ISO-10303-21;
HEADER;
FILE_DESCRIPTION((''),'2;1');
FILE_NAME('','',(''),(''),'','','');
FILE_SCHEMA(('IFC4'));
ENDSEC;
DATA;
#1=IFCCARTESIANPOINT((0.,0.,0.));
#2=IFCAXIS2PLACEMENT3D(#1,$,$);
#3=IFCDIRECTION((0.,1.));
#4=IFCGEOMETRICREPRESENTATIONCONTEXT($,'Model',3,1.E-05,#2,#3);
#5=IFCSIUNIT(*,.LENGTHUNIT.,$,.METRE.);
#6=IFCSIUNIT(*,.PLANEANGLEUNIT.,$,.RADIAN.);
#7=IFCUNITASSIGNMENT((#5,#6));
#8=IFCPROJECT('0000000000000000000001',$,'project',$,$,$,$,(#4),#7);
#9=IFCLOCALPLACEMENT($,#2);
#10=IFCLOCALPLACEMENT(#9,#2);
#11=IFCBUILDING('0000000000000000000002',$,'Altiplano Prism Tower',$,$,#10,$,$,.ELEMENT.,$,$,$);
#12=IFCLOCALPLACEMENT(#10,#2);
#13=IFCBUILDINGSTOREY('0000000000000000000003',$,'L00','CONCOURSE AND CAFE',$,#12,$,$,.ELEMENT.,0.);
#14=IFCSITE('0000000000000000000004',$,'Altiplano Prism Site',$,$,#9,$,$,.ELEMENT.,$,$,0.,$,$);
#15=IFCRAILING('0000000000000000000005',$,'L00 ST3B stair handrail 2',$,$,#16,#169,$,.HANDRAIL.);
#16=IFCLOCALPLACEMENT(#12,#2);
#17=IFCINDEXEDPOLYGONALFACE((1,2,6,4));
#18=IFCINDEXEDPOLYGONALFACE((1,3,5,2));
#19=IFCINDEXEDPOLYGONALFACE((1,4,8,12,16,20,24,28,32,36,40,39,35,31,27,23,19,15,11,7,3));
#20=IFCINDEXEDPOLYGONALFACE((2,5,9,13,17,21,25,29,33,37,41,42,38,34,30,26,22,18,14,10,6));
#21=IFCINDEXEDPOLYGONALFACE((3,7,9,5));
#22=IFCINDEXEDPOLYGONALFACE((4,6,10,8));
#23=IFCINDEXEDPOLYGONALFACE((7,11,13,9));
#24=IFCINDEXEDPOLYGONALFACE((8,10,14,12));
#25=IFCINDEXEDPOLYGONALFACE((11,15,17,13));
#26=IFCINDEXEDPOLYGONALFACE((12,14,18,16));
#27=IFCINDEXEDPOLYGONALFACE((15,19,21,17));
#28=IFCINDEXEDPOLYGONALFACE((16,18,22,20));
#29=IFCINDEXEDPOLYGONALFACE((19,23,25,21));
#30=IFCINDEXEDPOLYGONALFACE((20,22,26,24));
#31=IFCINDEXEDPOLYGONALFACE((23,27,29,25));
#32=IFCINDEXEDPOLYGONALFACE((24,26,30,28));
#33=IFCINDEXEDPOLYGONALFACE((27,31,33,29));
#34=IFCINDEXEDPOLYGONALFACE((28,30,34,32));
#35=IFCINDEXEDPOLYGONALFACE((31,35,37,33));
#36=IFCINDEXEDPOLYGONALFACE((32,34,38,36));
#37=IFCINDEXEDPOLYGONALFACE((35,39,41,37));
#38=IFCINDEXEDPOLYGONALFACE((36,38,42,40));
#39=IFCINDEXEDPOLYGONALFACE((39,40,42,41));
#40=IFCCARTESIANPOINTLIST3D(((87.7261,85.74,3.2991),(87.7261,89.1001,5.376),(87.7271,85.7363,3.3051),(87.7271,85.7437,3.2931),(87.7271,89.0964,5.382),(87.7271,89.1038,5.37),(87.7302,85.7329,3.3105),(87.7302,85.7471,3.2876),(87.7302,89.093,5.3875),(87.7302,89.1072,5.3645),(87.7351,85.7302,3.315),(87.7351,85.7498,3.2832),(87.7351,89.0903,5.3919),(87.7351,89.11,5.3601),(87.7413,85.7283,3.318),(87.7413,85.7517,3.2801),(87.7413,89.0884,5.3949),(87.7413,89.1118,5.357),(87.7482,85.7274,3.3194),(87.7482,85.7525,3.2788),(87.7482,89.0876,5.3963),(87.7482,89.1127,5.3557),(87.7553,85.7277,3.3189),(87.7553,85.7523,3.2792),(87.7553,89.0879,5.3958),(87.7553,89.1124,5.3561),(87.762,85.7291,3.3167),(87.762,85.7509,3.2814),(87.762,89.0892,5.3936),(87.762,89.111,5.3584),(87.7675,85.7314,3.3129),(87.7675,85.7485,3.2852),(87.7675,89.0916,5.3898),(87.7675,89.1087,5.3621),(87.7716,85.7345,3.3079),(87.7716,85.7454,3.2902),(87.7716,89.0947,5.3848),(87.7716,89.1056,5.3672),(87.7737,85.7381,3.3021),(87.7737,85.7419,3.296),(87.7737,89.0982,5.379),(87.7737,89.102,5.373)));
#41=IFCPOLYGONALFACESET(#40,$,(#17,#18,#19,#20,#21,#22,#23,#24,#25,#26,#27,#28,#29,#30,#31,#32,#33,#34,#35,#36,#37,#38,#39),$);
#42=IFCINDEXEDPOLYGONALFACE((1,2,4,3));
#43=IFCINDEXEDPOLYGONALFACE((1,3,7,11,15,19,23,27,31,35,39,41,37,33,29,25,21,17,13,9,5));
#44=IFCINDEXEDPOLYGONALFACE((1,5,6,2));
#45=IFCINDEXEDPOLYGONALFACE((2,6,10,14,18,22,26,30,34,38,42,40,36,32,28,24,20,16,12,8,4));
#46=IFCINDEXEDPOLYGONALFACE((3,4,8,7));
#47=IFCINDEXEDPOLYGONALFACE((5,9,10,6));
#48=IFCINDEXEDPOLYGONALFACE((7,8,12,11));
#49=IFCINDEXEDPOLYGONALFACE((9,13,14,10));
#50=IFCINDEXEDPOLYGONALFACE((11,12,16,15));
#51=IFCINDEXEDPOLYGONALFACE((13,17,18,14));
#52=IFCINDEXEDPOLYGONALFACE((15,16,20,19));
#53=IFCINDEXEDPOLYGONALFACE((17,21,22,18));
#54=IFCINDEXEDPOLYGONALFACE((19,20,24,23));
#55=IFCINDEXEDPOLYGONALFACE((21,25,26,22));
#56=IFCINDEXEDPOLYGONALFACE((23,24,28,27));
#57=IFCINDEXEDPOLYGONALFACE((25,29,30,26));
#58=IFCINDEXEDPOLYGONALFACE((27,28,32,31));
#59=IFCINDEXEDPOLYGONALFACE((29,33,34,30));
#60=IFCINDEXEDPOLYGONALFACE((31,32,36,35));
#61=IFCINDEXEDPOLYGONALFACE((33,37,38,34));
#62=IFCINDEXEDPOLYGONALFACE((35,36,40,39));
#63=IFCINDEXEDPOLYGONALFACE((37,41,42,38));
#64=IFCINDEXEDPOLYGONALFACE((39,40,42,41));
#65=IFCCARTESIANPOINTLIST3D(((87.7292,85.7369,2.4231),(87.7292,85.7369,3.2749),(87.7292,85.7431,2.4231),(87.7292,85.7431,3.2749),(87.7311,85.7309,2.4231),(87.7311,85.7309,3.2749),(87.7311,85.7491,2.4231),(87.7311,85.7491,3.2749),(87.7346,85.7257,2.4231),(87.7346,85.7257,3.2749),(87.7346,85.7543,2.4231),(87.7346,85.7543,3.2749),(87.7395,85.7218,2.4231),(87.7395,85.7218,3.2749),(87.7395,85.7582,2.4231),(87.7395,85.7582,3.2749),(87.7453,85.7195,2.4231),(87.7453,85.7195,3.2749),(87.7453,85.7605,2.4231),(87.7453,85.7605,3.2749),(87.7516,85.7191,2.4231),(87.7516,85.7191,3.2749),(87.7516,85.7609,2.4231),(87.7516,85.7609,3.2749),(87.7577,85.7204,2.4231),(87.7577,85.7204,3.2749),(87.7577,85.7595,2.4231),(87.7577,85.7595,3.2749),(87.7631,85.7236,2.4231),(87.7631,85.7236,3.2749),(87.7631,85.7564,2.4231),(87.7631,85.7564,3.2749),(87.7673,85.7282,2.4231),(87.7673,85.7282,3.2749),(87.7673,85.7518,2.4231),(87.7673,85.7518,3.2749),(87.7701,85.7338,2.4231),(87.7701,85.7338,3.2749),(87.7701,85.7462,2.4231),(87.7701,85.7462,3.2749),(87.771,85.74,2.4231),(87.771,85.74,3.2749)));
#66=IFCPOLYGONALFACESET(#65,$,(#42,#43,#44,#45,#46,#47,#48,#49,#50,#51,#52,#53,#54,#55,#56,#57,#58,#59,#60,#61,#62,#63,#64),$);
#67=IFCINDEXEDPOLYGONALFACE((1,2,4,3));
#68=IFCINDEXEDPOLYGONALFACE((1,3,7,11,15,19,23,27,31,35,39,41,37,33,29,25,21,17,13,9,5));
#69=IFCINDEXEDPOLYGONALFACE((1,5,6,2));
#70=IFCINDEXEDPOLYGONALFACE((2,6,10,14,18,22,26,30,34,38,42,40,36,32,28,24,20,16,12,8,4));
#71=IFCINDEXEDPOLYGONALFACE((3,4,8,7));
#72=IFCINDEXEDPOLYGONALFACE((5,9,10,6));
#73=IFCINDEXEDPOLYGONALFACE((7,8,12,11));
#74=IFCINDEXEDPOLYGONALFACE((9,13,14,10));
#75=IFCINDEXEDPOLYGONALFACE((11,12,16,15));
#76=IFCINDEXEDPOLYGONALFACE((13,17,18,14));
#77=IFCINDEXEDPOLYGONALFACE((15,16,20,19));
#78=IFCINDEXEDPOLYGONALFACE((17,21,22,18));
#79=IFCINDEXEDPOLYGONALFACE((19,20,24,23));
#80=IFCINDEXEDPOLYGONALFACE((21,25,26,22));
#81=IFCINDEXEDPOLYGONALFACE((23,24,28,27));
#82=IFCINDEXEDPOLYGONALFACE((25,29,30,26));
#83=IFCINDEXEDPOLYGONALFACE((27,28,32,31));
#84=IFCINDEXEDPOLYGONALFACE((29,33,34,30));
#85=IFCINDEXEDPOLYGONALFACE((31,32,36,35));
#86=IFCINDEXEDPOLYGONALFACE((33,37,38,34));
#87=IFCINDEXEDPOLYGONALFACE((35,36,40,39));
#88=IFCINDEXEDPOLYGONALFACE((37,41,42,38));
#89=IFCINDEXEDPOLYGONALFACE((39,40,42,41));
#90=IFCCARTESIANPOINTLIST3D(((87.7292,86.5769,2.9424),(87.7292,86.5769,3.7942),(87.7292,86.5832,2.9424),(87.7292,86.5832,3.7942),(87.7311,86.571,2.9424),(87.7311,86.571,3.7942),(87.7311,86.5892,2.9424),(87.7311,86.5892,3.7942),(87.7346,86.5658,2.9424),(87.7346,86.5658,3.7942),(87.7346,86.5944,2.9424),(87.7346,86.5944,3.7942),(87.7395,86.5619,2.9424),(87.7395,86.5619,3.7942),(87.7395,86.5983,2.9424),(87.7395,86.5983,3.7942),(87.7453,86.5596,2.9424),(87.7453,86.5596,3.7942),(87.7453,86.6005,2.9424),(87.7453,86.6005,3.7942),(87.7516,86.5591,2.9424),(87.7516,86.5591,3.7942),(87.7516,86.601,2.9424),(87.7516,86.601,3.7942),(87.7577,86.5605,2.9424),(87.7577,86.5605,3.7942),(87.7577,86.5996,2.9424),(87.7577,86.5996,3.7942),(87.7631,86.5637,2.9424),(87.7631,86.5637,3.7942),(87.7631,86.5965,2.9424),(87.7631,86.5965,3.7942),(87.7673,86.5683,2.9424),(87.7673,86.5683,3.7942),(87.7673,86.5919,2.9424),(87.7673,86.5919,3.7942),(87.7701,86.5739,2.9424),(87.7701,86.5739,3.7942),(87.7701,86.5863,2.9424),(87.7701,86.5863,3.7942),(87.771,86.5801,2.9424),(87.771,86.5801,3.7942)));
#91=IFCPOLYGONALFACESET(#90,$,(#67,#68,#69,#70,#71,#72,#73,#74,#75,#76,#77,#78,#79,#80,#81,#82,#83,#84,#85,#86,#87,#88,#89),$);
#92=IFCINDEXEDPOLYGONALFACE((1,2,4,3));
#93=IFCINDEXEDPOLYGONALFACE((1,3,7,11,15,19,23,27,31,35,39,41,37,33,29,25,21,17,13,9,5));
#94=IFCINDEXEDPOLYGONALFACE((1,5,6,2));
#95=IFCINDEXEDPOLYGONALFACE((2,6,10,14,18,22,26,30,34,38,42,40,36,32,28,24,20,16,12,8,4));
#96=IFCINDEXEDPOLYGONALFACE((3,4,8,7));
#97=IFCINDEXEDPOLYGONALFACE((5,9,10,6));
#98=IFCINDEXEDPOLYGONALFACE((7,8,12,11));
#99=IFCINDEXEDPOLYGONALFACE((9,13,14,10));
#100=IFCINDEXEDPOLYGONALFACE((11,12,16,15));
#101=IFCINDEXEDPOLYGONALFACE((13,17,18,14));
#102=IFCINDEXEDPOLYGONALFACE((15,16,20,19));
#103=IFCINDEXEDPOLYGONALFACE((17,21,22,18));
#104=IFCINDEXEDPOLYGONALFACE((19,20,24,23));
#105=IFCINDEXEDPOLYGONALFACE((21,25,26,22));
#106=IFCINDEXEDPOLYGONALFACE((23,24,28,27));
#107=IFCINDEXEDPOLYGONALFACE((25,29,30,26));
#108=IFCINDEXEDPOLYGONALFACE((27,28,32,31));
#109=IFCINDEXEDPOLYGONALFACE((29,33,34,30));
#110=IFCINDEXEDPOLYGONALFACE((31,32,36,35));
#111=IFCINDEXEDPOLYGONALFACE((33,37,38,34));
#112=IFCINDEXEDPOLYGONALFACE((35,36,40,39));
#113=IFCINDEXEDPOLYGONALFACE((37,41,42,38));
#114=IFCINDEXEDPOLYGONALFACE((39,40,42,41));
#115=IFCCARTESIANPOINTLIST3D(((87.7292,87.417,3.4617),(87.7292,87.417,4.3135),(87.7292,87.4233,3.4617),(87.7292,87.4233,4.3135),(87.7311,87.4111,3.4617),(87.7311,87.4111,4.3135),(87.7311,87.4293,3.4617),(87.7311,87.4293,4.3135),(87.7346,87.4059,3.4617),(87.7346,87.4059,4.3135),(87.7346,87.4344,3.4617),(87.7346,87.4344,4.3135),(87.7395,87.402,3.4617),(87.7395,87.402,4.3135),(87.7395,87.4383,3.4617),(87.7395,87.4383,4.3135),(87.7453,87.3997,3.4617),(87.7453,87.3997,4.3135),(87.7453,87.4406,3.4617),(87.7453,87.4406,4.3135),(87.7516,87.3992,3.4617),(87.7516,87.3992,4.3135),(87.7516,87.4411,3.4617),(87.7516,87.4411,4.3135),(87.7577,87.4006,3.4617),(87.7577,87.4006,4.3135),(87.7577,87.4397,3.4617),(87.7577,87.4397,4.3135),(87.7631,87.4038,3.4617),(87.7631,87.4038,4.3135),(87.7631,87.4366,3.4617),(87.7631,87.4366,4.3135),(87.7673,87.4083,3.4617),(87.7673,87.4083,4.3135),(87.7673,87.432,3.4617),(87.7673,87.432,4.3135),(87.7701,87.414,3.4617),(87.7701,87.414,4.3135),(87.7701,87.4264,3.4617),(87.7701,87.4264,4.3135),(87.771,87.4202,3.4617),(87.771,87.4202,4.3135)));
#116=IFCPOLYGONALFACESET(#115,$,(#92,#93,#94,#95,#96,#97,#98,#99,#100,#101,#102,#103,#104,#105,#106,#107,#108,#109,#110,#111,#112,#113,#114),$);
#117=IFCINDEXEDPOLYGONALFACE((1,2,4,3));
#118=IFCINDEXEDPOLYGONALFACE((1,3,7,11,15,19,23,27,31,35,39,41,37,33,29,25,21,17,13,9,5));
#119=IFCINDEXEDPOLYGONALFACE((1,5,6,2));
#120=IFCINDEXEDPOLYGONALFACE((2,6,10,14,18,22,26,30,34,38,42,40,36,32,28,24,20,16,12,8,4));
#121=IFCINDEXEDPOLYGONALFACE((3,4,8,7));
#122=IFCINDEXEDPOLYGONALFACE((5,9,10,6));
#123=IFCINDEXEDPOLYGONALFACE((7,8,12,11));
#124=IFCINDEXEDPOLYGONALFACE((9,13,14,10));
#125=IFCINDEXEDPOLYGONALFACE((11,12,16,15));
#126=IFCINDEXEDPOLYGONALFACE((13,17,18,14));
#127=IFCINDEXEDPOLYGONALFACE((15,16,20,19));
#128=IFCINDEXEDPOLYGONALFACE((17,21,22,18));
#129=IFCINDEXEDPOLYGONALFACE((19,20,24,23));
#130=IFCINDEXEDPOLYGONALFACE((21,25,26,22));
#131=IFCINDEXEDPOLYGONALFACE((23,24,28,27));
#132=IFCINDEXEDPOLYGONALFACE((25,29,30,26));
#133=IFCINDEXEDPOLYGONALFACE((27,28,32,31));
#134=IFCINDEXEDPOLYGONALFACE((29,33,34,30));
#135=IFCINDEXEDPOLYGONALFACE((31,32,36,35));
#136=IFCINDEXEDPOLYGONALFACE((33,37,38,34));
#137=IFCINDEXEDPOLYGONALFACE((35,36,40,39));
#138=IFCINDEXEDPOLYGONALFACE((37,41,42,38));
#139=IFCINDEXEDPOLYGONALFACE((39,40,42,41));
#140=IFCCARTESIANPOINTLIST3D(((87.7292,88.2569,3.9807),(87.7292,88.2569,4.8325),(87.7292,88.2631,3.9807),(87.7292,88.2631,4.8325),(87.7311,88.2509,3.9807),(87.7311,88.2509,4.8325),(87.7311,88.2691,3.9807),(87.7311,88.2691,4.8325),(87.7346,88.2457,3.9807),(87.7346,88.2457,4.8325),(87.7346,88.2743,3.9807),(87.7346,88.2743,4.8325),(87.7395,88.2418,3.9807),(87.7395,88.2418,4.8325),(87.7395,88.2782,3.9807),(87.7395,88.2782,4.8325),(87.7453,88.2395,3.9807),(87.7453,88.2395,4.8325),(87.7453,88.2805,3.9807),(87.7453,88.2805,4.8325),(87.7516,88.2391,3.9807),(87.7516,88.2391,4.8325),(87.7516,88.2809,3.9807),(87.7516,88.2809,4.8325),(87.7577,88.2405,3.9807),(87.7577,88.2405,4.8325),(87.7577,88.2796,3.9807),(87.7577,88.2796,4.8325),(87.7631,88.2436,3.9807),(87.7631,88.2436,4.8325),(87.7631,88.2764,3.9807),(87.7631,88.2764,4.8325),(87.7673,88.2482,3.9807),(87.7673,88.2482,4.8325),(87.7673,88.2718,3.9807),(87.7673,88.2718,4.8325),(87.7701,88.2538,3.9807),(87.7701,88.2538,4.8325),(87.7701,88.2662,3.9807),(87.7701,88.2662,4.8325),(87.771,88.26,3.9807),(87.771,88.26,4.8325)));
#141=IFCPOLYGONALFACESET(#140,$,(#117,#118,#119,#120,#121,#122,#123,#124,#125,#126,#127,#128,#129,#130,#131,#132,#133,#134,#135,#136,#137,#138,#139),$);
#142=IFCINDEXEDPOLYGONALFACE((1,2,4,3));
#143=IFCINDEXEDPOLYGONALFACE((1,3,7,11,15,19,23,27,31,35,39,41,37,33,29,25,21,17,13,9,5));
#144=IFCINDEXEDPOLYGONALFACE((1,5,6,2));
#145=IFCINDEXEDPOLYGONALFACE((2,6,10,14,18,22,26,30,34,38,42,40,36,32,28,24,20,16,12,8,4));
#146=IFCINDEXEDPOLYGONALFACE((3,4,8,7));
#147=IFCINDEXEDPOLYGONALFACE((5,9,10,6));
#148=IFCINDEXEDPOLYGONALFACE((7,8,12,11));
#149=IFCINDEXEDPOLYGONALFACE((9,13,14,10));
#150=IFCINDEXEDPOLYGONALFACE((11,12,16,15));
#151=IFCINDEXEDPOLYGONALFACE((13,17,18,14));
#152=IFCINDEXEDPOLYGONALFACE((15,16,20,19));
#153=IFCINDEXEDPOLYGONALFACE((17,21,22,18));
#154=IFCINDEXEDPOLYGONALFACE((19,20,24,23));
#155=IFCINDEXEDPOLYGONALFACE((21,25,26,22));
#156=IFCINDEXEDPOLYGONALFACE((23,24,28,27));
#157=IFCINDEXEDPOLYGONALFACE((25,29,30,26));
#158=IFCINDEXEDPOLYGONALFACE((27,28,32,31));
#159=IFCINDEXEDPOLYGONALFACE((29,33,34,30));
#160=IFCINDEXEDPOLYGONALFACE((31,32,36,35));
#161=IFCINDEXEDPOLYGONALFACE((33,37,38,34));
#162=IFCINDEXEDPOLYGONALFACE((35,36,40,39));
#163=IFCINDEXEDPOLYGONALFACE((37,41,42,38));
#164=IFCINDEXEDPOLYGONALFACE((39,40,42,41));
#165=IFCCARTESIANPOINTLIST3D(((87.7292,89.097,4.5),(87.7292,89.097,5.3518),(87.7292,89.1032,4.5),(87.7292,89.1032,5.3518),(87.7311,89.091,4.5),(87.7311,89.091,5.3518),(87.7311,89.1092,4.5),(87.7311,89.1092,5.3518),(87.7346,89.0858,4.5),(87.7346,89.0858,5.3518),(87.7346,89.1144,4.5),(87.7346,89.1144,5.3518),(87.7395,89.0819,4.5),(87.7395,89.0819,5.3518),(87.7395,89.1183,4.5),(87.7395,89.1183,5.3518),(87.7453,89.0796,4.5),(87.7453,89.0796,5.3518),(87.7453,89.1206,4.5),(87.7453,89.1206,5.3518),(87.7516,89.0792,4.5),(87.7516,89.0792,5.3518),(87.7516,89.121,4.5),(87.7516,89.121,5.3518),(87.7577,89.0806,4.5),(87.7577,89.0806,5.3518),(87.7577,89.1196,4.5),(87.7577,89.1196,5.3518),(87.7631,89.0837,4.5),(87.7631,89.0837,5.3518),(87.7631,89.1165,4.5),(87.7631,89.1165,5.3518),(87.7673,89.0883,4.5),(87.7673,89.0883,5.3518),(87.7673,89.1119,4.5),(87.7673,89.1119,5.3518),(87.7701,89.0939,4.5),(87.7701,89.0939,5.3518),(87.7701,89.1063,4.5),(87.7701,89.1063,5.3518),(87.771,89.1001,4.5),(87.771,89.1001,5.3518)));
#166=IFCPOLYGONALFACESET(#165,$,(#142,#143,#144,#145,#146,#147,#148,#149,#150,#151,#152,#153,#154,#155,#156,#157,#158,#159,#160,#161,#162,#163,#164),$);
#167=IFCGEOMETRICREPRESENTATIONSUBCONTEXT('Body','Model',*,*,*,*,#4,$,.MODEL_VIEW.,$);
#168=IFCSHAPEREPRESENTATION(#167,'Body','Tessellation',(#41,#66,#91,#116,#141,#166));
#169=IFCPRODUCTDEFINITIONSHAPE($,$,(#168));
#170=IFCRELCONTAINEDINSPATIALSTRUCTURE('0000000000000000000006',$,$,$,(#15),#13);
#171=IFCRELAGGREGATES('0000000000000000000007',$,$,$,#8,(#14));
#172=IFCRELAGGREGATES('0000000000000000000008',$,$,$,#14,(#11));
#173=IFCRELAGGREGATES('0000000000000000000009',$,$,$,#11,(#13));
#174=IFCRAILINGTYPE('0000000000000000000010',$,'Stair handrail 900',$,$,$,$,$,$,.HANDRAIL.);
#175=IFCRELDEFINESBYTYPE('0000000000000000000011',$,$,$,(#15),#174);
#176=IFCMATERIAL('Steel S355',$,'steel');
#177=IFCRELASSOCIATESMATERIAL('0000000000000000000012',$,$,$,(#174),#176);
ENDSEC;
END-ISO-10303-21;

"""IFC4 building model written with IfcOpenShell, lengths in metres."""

from ifc_helpers import new_model, si_unit, direction, frame, origin, origin_2d, place, context, subcontext, project, spatial, circle, extrude, material, type_object, element, save


model = new_model("IFC4")

# Units and contexts
model_context = context("Model", 3, precision=1e-05, world=origin(), true_north=direction((0.0, 1.0)))
body_context = subcontext(model_context, "Body", "Model", "MODEL_VIEW")
ifc_project = project(units=[si_unit("LENGTHUNIT", "METRE"), si_unit("PLANEANGLEUNIT", "RADIAN")], contexts=[model_context])

# Site, building, storey
site_placement = place(None, origin())
site = spatial("IfcSite", under=ifc_project, at=site_placement, Name="Altiplano Prism Site", CompositionType="ELEMENT", RefElevation=0.0)
building_placement = place(site_placement, origin())
building = spatial("IfcBuilding", under=site, at=building_placement, Name="Altiplano Prism Tower", CompositionType="ELEMENT")
storey_placement = place(building_placement, origin())
storey = spatial("IfcBuildingStorey", under=building, at=storey_placement, Name="L00", Description="CONCOURSE AND CAFE", CompositionType="ELEMENT", Elevation=0.0)

# Railing
ifc_material_1 = material(Name="Steel S355", Category="steel")
railing_type_1 = type_object("IfcRailingType", Name="Stair handrail 900", PredefinedType="HANDRAIL", material=ifc_material_1)
railing_1_placement = place(storey_placement, frame((87.75, 85.74, 2.4231)))
element("IfcRailing", 1, at=railing_1_placement, inside=storey, type_object=railing_type_1, Name="L00 ST3B stair handrail 2", PredefinedType="HANDRAIL", context=body_context, shape_type="SweptSolid", body=[
    extrude(circle(Radius=0.0239, at=origin_2d()), frame((0.0, 0.0, 0.876), z_axis=(0.0, 0.850623, 0.525776), x_axis=(-1.0, 0.0, 0.0)), (0.0, 0.0, 1.0), 3.9502),
    extrude(circle(Radius=0.021, at=origin_2d()), origin(), (0.0, 0.0, 1.0), 0.8518),
    extrude(circle(Radius=0.021, at=origin_2d()), frame((0.0, 0.8401, 0.5193)), (0.0, 0.0, 1.0), 0.8518),
    extrude(circle(Radius=0.021, at=origin_2d()), frame((0.0, 1.6802, 1.0386)), (0.0, 0.0, 1.0), 0.8518),
    extrude(circle(Radius=0.021, at=origin_2d()), frame((0.0, 2.52, 1.5576)), (0.0, 0.0, 1.0), 0.8518),
    extrude(circle(Radius=0.021, at=origin_2d()), frame((0.0, 3.3601, 2.0769)), (0.0, 0.0, 1.0), 0.8518),
])

save(model, "model.ifc")
